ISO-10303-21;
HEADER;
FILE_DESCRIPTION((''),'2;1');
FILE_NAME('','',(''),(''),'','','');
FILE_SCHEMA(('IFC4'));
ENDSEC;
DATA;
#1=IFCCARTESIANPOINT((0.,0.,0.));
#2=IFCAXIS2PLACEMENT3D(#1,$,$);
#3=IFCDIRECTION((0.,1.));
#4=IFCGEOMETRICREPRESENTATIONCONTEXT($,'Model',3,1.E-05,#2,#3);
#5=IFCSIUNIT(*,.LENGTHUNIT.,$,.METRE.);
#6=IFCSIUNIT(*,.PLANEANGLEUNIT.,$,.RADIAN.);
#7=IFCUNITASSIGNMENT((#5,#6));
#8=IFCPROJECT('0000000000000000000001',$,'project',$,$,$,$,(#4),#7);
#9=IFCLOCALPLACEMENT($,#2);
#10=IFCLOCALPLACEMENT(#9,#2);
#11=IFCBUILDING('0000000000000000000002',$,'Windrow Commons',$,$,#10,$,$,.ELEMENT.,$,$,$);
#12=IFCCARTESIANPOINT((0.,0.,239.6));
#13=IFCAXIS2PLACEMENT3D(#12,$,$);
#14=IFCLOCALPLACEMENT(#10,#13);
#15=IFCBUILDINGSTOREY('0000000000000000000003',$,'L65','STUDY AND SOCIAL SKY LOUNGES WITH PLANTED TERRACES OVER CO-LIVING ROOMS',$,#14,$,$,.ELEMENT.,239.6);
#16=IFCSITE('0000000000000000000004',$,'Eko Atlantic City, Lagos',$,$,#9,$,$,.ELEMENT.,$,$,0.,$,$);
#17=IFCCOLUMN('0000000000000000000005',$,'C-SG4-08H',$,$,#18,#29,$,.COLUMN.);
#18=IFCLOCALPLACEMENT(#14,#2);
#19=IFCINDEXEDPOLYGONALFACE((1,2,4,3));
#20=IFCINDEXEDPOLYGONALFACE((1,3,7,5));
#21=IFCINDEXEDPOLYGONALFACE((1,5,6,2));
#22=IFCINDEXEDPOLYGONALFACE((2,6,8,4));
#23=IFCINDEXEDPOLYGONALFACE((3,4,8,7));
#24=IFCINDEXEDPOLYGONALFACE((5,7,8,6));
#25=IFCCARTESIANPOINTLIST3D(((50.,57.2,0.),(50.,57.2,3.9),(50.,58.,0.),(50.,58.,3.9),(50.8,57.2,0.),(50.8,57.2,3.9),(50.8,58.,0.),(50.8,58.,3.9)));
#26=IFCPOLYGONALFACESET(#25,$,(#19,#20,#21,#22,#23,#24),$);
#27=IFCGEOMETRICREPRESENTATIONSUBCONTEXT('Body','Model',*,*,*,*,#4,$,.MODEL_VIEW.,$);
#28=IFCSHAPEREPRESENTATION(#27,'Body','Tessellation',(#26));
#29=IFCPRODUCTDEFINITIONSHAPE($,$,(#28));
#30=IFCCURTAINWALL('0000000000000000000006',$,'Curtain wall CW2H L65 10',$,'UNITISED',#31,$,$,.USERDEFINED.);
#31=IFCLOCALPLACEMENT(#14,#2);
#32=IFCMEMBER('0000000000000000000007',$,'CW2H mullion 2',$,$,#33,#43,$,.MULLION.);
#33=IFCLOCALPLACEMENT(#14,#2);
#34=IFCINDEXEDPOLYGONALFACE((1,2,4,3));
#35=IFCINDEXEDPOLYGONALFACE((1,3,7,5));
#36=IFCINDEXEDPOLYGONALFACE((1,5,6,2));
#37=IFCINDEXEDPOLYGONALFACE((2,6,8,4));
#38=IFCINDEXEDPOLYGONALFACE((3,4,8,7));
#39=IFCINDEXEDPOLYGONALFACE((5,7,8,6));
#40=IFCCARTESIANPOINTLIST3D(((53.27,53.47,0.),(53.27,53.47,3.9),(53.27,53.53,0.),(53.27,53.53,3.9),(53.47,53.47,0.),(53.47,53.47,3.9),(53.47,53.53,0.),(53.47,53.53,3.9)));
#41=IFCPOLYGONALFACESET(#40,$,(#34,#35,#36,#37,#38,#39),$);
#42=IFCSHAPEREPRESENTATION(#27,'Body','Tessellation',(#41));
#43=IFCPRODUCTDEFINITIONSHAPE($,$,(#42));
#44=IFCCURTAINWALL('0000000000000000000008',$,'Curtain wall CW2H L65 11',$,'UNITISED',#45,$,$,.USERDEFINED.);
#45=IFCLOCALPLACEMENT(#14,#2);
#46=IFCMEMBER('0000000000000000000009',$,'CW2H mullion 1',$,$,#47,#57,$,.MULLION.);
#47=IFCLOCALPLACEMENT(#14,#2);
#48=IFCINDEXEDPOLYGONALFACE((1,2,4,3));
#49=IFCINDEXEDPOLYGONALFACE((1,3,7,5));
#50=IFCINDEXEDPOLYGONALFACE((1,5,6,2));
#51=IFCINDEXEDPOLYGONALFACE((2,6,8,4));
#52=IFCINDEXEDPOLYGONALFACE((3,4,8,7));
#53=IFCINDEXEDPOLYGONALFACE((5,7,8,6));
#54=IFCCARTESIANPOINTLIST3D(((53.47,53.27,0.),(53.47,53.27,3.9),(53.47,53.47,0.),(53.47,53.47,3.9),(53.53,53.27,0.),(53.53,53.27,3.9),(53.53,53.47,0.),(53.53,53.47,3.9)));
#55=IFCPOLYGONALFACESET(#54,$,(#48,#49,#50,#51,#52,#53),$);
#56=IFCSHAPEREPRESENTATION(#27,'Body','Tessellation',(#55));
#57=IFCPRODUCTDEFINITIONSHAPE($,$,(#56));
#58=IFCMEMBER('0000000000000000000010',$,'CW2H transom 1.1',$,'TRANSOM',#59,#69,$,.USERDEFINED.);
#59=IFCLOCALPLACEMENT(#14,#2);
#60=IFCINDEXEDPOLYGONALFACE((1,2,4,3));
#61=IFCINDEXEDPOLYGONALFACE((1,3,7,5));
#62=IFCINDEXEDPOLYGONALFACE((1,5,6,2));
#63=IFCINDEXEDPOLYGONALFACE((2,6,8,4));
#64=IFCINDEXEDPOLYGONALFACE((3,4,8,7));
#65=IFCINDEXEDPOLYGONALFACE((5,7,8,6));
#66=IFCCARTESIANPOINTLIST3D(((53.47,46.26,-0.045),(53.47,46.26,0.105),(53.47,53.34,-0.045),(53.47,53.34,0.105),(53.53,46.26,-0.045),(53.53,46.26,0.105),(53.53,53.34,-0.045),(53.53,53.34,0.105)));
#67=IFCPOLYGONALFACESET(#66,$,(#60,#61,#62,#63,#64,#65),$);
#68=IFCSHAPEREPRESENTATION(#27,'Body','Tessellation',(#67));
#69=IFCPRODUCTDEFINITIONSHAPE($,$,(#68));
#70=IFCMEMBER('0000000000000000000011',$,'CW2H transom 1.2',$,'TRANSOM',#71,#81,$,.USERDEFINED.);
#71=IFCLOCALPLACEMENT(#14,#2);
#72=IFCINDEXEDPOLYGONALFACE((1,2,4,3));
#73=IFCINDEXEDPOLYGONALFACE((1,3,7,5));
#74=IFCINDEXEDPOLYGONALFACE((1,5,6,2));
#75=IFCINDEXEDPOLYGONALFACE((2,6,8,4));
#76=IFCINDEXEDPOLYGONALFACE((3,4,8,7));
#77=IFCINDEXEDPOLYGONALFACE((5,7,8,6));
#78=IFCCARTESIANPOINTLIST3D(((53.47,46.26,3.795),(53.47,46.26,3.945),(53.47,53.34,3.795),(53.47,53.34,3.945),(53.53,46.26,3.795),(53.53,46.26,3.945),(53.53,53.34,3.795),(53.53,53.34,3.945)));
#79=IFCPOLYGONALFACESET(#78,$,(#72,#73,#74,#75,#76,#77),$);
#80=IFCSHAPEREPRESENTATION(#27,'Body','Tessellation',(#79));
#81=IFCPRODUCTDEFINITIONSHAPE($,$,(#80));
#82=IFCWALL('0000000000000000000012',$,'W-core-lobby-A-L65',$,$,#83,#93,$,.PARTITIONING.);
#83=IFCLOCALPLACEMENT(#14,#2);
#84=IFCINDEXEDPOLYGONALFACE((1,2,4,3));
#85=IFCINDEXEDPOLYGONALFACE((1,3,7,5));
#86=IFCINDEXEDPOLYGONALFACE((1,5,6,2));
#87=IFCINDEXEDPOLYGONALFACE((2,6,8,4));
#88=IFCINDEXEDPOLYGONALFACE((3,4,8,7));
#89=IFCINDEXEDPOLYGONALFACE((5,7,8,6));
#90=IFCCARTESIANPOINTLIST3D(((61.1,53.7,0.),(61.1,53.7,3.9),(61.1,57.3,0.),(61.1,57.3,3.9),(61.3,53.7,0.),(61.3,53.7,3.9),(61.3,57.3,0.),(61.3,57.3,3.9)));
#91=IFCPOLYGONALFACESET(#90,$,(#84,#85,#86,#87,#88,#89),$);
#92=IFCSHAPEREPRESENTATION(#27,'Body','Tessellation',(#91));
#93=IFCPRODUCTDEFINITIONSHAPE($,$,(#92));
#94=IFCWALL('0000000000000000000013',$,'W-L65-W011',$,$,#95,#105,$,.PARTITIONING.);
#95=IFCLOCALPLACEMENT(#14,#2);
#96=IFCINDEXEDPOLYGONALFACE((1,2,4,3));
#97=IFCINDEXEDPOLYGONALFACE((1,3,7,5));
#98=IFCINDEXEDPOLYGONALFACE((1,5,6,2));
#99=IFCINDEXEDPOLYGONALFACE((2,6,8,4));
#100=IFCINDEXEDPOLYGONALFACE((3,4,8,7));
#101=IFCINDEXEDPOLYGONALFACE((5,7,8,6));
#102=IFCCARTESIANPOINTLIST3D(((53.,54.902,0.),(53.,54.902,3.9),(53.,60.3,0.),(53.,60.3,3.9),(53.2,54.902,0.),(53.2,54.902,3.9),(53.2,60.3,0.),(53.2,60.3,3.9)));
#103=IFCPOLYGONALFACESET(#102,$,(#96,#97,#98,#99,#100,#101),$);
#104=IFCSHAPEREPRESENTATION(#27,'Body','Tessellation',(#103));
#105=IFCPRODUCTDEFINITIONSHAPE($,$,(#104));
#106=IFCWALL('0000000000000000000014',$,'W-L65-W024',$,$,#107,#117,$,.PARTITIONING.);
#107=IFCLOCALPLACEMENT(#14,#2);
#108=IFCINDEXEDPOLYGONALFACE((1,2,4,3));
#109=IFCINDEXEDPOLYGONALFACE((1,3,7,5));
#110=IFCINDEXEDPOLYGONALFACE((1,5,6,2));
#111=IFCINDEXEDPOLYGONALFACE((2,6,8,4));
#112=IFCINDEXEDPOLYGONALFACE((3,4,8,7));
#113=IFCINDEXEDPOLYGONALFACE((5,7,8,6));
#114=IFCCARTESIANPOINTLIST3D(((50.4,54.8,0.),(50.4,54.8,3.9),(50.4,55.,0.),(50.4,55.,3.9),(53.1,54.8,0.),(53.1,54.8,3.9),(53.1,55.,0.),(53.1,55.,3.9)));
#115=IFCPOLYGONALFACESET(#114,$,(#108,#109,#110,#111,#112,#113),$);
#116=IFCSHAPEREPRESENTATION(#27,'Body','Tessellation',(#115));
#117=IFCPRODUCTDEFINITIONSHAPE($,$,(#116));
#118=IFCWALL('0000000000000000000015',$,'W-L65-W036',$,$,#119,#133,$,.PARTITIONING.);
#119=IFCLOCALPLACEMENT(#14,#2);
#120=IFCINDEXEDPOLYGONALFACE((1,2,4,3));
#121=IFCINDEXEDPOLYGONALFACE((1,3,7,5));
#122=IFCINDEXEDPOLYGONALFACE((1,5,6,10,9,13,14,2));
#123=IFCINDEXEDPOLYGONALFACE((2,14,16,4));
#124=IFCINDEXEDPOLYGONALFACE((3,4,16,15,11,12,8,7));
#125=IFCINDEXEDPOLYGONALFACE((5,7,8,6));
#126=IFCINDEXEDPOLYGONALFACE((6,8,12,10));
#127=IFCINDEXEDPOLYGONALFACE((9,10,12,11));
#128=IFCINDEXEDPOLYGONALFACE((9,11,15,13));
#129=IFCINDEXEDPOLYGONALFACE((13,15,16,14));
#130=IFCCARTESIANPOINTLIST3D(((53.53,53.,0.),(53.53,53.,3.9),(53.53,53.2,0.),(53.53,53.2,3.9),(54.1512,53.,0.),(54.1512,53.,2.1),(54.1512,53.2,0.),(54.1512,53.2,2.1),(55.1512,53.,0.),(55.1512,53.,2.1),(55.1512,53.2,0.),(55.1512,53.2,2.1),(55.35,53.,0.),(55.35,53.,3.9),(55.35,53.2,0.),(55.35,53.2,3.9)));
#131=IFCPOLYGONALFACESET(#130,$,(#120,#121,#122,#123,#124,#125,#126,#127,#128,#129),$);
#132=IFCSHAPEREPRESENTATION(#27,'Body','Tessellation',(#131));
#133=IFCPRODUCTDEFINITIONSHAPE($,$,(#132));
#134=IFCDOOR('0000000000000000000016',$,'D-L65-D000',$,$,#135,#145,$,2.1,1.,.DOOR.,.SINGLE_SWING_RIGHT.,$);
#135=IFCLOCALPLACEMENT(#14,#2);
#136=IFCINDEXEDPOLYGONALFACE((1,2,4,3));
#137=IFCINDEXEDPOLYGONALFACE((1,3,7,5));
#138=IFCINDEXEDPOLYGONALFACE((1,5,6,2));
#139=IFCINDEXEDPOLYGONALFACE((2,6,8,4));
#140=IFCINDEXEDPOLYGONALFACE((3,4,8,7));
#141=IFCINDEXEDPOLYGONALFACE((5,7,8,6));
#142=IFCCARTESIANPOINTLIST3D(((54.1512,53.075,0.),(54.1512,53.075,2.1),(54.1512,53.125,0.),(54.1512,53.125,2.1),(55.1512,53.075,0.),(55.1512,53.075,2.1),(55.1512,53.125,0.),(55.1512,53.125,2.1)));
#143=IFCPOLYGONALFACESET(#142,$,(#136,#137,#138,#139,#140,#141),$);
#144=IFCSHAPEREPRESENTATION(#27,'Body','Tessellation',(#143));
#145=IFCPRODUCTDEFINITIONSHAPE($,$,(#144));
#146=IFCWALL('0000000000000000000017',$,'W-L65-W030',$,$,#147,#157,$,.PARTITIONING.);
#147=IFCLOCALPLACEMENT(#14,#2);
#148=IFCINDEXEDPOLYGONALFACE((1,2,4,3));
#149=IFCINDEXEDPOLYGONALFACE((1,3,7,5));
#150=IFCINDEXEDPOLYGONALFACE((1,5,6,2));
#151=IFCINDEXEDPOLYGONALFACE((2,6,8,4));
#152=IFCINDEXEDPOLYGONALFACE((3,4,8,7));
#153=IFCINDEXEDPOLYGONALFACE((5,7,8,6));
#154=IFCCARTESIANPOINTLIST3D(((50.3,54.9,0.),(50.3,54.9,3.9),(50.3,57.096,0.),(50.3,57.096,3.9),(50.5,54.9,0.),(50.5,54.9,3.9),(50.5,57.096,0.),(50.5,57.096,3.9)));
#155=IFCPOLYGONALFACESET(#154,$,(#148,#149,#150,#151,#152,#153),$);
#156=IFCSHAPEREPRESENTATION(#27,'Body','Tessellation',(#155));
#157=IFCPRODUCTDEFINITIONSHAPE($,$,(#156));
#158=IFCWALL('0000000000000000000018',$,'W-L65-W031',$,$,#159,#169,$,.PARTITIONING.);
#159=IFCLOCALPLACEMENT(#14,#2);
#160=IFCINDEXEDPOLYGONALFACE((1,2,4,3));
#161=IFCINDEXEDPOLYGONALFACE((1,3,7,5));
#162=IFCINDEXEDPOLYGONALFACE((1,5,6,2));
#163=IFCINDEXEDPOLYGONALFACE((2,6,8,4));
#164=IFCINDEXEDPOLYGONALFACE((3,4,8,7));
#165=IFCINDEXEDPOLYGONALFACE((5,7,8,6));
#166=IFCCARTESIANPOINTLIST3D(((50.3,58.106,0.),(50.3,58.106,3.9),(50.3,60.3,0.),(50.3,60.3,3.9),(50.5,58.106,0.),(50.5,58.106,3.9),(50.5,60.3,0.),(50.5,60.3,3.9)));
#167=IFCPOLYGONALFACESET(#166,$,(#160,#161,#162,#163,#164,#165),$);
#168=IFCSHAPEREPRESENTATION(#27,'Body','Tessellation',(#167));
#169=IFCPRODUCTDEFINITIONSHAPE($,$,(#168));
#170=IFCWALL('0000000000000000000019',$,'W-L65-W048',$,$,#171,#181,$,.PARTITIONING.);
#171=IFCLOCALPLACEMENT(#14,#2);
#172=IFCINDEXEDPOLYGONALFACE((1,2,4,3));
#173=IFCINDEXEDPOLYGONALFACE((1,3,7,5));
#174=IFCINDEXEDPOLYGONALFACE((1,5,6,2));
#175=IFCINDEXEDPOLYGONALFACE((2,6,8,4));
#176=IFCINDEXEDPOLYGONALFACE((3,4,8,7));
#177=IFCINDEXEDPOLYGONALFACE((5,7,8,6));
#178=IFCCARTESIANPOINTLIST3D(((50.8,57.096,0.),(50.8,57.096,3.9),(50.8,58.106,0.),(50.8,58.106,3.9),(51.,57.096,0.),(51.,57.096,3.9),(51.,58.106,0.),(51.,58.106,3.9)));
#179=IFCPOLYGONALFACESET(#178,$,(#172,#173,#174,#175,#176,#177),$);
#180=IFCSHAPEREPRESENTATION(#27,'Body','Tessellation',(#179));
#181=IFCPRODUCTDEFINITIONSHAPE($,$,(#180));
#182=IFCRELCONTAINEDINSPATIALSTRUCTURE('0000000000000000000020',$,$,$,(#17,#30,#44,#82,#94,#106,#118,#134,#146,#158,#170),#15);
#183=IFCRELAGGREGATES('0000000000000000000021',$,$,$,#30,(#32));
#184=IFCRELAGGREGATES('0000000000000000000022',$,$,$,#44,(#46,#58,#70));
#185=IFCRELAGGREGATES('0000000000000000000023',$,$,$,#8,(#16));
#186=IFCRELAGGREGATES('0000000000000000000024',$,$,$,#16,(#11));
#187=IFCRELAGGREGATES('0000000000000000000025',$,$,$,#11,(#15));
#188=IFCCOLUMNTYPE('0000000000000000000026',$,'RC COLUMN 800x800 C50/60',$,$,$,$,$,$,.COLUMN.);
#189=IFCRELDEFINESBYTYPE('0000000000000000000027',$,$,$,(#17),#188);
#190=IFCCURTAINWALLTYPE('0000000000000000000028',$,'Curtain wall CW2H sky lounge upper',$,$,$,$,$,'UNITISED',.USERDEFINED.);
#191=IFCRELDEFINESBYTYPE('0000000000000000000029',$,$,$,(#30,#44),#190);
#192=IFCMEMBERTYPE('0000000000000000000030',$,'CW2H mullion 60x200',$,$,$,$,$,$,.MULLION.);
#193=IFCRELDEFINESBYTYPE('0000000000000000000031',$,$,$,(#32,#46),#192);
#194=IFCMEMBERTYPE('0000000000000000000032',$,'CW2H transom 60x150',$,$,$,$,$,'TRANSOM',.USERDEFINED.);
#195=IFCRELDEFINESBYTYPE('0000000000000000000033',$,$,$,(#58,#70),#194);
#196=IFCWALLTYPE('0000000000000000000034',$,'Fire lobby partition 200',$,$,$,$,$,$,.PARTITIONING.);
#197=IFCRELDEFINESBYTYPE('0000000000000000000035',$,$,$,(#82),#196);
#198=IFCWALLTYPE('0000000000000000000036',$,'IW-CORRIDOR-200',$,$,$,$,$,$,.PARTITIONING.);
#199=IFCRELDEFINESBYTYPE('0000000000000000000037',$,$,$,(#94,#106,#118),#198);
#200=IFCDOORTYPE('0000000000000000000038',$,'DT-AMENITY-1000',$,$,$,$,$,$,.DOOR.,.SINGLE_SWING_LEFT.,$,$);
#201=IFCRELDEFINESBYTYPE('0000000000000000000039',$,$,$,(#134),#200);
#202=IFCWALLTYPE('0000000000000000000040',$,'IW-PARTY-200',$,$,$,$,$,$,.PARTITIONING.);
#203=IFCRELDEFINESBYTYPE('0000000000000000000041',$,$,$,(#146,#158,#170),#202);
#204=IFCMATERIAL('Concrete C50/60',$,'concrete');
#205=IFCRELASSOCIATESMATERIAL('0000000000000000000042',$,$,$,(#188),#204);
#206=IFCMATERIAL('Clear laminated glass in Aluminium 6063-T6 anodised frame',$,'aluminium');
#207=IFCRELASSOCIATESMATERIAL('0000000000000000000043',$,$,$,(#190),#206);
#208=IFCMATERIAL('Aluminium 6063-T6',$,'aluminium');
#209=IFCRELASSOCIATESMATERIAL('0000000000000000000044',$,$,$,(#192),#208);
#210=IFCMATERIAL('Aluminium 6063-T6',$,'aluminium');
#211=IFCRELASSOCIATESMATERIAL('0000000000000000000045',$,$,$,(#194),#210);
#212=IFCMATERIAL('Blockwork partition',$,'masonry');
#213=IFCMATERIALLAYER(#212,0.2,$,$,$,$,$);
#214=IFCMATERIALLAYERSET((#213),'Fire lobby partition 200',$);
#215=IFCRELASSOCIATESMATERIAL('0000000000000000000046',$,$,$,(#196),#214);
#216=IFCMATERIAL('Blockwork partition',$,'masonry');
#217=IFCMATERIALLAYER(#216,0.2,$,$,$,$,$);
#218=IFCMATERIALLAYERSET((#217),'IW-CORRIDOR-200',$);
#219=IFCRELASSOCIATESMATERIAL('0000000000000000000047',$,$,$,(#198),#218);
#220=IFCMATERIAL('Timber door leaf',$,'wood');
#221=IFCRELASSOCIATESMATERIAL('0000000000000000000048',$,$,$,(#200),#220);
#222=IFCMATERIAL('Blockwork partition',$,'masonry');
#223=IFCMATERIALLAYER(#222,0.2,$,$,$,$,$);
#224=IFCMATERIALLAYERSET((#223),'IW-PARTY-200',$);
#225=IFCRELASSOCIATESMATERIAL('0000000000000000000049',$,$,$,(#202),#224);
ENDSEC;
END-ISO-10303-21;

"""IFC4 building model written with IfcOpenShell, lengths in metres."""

from ifc_helpers import new_model, si_unit, direction, frame, frame_2d, origin, origin_2d, place, context, subcontext, project, spatial, rectangle, extrude, material, layer, layer_set, material_profile, profile_set, type_object, element, fill, aggregate, save


model = new_model("IFC4")

# Units and contexts
model_context = context("Model", 3, precision=1e-05, world=origin(), true_north=direction((0.0, 1.0)))
body_context = subcontext(model_context, "Body", "Model", "MODEL_VIEW")
ifc_project = project(units=[si_unit("LENGTHUNIT", "METRE"), si_unit("PLANEANGLEUNIT", "RADIAN")], contexts=[model_context])

# Site, building, storey
site_placement = place(None, origin())
site = spatial("IfcSite", under=ifc_project, at=site_placement, Name="Eko Atlantic City, Lagos", CompositionType="ELEMENT", RefElevation=0.0)
building_placement = place(site_placement, origin())
building = spatial("IfcBuilding", under=site, at=building_placement, Name="Windrow Commons", CompositionType="ELEMENT")
storey_placement = place(building_placement, frame((0.0, 0.0, 239.6)))
storey = spatial("IfcBuildingStorey", under=building, at=storey_placement, Name="L65", Description="STUDY AND SOCIAL SKY LOUNGES WITH PLANTED TERRACES OVER CO-LIVING ROOMS", CompositionType="ELEMENT", Elevation=239.6)

# Column
ifc_material_1 = material(Name="Concrete C50/60", Category="concrete")
ifc_material_profile_1 = material_profile(ifc_material_1, rectangle(XDim=0.8, YDim=0.8, at=origin_2d()))
ifc_profile_set_1 = profile_set([ifc_material_profile_1], Name="Concrete C50/60")
column_type = type_object("IfcColumnType", Name="RC COLUMN 800x800 C50/60", PredefinedType="COLUMN", material=ifc_profile_set_1)
column_placement = place(storey_placement, frame((50.4, 57.6, 0.0), z_axis=(0.0, 0.0, 1.0), x_axis=(1.0, 0.0, 0.0)))
element("IfcColumn", 1, at=column_placement, inside=storey, type_object=column_type, Name="C-SG4-08H", PredefinedType="COLUMN", context=body_context, shape_type="SweptSolid", body=[
    extrude(rectangle(XDim=0.8, YDim=0.8, at=origin_2d()), origin(), (0.0, 0.0, 1.0), 3.9),
])

# Curtain wall, member
ifc_material_2 = material(Name="Clear laminated glass in Aluminium 6063-T6 anodised frame", Category="aluminium")
curtain_wall_type = type_object("IfcCurtainWallType", Name="Curtain wall CW2H sky lounge upper", ElementType="UNITISED", PredefinedType="USERDEFINED", material=ifc_material_2)
placement = place(storey_placement, origin())
curtain_wall_1 = element("IfcCurtainWall", 2, at=placement, inside=storey, type_object=curtain_wall_type, Name="Curtain wall CW2H L65 10", ObjectType="UNITISED", PredefinedType="USERDEFINED")
ifc_material_3 = material(Name="Aluminium 6063-T6", Category="aluminium")
ifc_material_profile_2 = material_profile(ifc_material_3, rectangle(XDim=0.06, YDim=0.2, at=origin_2d()))
ifc_profile_set_2 = profile_set([ifc_material_profile_2], Name="Aluminium 6063-T6")
member_type_1 = type_object("IfcMemberType", Name="CW2H mullion 60x200", PredefinedType="MULLION", material=ifc_profile_set_2)
member_1_placement = place(storey_placement, frame((53.37, 53.5, 0.0), z_axis=(0.0, 0.0, 1.0), x_axis=(0.0, 1.0, 0.0)))
member_1 = element("IfcMember", 3, at=member_1_placement, type_object=member_type_1, Name="CW2H mullion 2", PredefinedType="MULLION", context=body_context, shape_type="SweptSolid", body=[
    extrude(rectangle(XDim=0.06, YDim=0.2, at=origin_2d()), origin(), (0.0, 0.0, 1.0), 3.9),
])
aggregate(curtain_wall_1, [member_1])

# Curtain wall, members
curtain_wall_2 = element("IfcCurtainWall", 4, at=placement, inside=storey, type_object=curtain_wall_type, Name="Curtain wall CW2H L65 11", ObjectType="UNITISED", PredefinedType="USERDEFINED")
member_2_placement = place(storey_placement, frame((53.5, 53.37, 0.0), z_axis=(0.0, 0.0, 1.0), x_axis=(1.0, 0.0, 0.0)))
member_2 = element("IfcMember", 5, at=member_2_placement, type_object=member_type_1, Name="CW2H mullion 1", PredefinedType="MULLION", context=body_context, shape_type="SweptSolid", body=[
    extrude(rectangle(XDim=0.06, YDim=0.2, at=origin_2d()), origin(), (0.0, 0.0, 1.0), 3.9),
])
ifc_material_4 = material(Name="Aluminium 6063-T6", Category="aluminium")
ifc_material_profile_3 = material_profile(ifc_material_4, rectangle(XDim=0.06, YDim=0.15, at=origin_2d()))
ifc_profile_set_3 = profile_set([ifc_material_profile_3], Name="Aluminium 6063-T6")
member_type_2 = type_object("IfcMemberType", Name="CW2H transom 60x150", ElementType="TRANSOM", PredefinedType="USERDEFINED", material=ifc_profile_set_3)
member_3_placement = place(storey_placement, frame((53.5, 53.34, 0.03), z_axis=(0.0, -1.0, 0.0), x_axis=(1.0, 0.0, 0.0)))
member_3 = element("IfcMember", 6, at=member_3_placement, type_object=member_type_2, Name="CW2H transom 1.1", ObjectType="TRANSOM", PredefinedType="USERDEFINED", context=body_context, shape_type="SweptSolid", body=[
    extrude(rectangle(XDim=0.06, YDim=0.15, at=origin_2d()), origin(), (0.0, 0.0, 1.0), 7.08),
])
member_4_placement = place(storey_placement, frame((53.5, 53.34, 3.87), z_axis=(0.0, -1.0, 0.0), x_axis=(1.0, 0.0, 0.0)))
member_4 = element("IfcMember", 7, at=member_4_placement, type_object=member_type_2, Name="CW2H transom 1.2", ObjectType="TRANSOM", PredefinedType="USERDEFINED", context=body_context, shape_type="SweptSolid", body=[
    extrude(rectangle(XDim=0.06, YDim=0.15, at=origin_2d()), origin(), (0.0, 0.0, 1.0), 7.08),
])
aggregate(curtain_wall_2, [member_2, member_3, member_4])

# Walls
ifc_material_5 = material(Name="Blockwork partition", Category="masonry")
ifc_layer_1 = layer(ifc_material_5, 0.2)
ifc_layer_set_1 = layer_set([ifc_layer_1], Name="Fire lobby partition 200")
wall_type_1 = type_object("IfcWallType", Name="Fire lobby partition 200", PredefinedType="PARTITIONING", material=ifc_layer_set_1)
wall_1_placement = place(storey_placement, frame((61.2, 53.7, 0.0), z_axis=(0.0, 0.0, 1.0), x_axis=(0.0, 1.0, 0.0)))
element("IfcWall", 8, at=wall_1_placement, inside=storey, type_object=wall_type_1, Name="W-core-lobby-A-L65", PredefinedType="PARTITIONING", context=body_context, shape_type="SweptSolid", body=[
    extrude(rectangle(XDim=3.6, YDim=0.2, at=frame_2d((1.8, 0.0))), origin(), (0.0, 0.0, 1.0), 3.9),
])
ifc_material_6 = material(Name="Blockwork partition", Category="masonry")
ifc_layer_2 = layer(ifc_material_6, 0.2)
ifc_layer_set_2 = layer_set([ifc_layer_2], Name="IW-CORRIDOR-200")
wall_type_2 = type_object("IfcWallType", Name="IW-CORRIDOR-200", PredefinedType="PARTITIONING", material=ifc_layer_set_2)
wall_2_placement = place(storey_placement, frame((53.1, 54.902, 0.0), z_axis=(0.0, 0.0, 1.0), x_axis=(0.0, 1.0, 0.0)))
element("IfcWall", 9, at=wall_2_placement, inside=storey, type_object=wall_type_2, Name="W-L65-W011", PredefinedType="PARTITIONING", context=body_context, shape_type="SweptSolid", body=[
    extrude(rectangle(XDim=5.398, YDim=0.2, at=frame_2d((2.699, 0.0))), origin(), (0.0, 0.0, 1.0), 3.9),
])
wall_3_placement = place(storey_placement, frame((50.4, 54.9, 0.0), z_axis=(0.0, 0.0, 1.0), x_axis=(1.0, 0.0, 0.0)))
element("IfcWall", 10, at=wall_3_placement, inside=storey, type_object=wall_type_2, Name="W-L65-W024", PredefinedType="PARTITIONING", context=body_context, shape_type="SweptSolid", body=[
    extrude(rectangle(XDim=2.7, YDim=0.2, at=frame_2d((1.35, 0.0))), origin(), (0.0, 0.0, 1.0), 3.9),
])

# Wall, opening, door
wall_4_placement = place(storey_placement, frame((53.53, 53.1, 0.0), z_axis=(0.0, 0.0, 1.0), x_axis=(1.0, 0.0, 0.0)))
wall_4 = element("IfcWall", 11, at=wall_4_placement, inside=storey, type_object=wall_type_2, Name="W-L65-W036", PredefinedType="PARTITIONING", context=body_context, shape_type="SweptSolid", body=[
    extrude(rectangle(XDim=1.82, YDim=0.2, at=frame_2d((0.91, 0.0))), origin(), (0.0, 0.0, 1.0), 3.9),
])
opening_1_placement = place(wall_4_placement, frame((0.6212, 0.0, 0.0)))
opening_1 = element("IfcOpeningElement", 12, at=opening_1_placement, cuts=wall_4, PredefinedType="OPENING", context=body_context, shape_type="SweptSolid", body=[
    extrude(rectangle(XDim=1.0, YDim=2.1, at=frame_2d((0.5, 1.05))), frame((0.0, 0.11, 0.0), z_axis=(0.0, -1.0, 0.0), x_axis=(1.0, 0.0, 0.0)), (0.0, 0.0, 1.0), 0.22),
])
ifc_material_7 = material(Name="Timber door leaf", Category="wood")
door_type_1 = type_object("IfcDoorType", Name="DT-AMENITY-1000", OperationType="SINGLE_SWING_LEFT", PredefinedType="DOOR", material=ifc_material_7)
door_1_placement = place(opening_1_placement, origin())
door_1 = element("IfcDoor", 13, at=door_1_placement, inside=storey, type_object=door_type_1, Name="D-L65-D000", OperationType="SINGLE_SWING_RIGHT", OverallHeight=2.1, OverallWidth=1.0, PredefinedType="DOOR", context=body_context, shape_type="SweptSolid", body=[
    extrude(rectangle(XDim=1.0, YDim=2.1, at=frame_2d((0.5, 1.05))), frame((0.0, 0.025, 0.0), z_axis=(0.0, -1.0, 0.0), x_axis=(1.0, 0.0, 0.0)), (0.0, 0.0, 1.0), 0.05),
])
fill(opening_1, door_1)

# Walls
ifc_material_8 = material(Name="Blockwork partition", Category="masonry")
ifc_layer_3 = layer(ifc_material_8, 0.2)
ifc_layer_set_3 = layer_set([ifc_layer_3], Name="IW-PARTY-200")
wall_type_3 = type_object("IfcWallType", Name="IW-PARTY-200", PredefinedType="PARTITIONING", material=ifc_layer_set_3)
wall_5_placement = place(storey_placement, frame((50.4, 54.9, 0.0), z_axis=(0.0, 0.0, 1.0), x_axis=(0.0, 1.0, 0.0)))
element("IfcWall", 14, at=wall_5_placement, inside=storey, type_object=wall_type_3, Name="W-L65-W030", PredefinedType="PARTITIONING", context=body_context, shape_type="SweptSolid", body=[
    extrude(rectangle(XDim=2.196, YDim=0.2, at=frame_2d((1.098, 0.0))), origin(), (0.0, 0.0, 1.0), 3.9),
])
wall_6_placement = place(storey_placement, frame((50.4, 58.106, 0.0), z_axis=(0.0, 0.0, 1.0), x_axis=(0.0, 1.0, 0.0)))
element("IfcWall", 15, at=wall_6_placement, inside=storey, type_object=wall_type_3, Name="W-L65-W031", PredefinedType="PARTITIONING", context=body_context, shape_type="SweptSolid", body=[
    extrude(rectangle(XDim=2.194, YDim=0.2, at=frame_2d((1.097, 0.0))), origin(), (0.0, 0.0, 1.0), 3.9),
])
wall_7_placement = place(storey_placement, frame((50.9, 57.096, 0.0), z_axis=(0.0, 0.0, 1.0), x_axis=(0.0, 1.0, 0.0)))
element("IfcWall", 16, at=wall_7_placement, inside=storey, type_object=wall_type_3, Name="W-L65-W048", PredefinedType="PARTITIONING", context=body_context, shape_type="SweptSolid", body=[
    extrude(rectangle(XDim=1.01, YDim=0.2, at=frame_2d((0.505, 0.0))), origin(), (0.0, 0.0, 1.0), 3.9),
])

save(model, "model.ifc")
